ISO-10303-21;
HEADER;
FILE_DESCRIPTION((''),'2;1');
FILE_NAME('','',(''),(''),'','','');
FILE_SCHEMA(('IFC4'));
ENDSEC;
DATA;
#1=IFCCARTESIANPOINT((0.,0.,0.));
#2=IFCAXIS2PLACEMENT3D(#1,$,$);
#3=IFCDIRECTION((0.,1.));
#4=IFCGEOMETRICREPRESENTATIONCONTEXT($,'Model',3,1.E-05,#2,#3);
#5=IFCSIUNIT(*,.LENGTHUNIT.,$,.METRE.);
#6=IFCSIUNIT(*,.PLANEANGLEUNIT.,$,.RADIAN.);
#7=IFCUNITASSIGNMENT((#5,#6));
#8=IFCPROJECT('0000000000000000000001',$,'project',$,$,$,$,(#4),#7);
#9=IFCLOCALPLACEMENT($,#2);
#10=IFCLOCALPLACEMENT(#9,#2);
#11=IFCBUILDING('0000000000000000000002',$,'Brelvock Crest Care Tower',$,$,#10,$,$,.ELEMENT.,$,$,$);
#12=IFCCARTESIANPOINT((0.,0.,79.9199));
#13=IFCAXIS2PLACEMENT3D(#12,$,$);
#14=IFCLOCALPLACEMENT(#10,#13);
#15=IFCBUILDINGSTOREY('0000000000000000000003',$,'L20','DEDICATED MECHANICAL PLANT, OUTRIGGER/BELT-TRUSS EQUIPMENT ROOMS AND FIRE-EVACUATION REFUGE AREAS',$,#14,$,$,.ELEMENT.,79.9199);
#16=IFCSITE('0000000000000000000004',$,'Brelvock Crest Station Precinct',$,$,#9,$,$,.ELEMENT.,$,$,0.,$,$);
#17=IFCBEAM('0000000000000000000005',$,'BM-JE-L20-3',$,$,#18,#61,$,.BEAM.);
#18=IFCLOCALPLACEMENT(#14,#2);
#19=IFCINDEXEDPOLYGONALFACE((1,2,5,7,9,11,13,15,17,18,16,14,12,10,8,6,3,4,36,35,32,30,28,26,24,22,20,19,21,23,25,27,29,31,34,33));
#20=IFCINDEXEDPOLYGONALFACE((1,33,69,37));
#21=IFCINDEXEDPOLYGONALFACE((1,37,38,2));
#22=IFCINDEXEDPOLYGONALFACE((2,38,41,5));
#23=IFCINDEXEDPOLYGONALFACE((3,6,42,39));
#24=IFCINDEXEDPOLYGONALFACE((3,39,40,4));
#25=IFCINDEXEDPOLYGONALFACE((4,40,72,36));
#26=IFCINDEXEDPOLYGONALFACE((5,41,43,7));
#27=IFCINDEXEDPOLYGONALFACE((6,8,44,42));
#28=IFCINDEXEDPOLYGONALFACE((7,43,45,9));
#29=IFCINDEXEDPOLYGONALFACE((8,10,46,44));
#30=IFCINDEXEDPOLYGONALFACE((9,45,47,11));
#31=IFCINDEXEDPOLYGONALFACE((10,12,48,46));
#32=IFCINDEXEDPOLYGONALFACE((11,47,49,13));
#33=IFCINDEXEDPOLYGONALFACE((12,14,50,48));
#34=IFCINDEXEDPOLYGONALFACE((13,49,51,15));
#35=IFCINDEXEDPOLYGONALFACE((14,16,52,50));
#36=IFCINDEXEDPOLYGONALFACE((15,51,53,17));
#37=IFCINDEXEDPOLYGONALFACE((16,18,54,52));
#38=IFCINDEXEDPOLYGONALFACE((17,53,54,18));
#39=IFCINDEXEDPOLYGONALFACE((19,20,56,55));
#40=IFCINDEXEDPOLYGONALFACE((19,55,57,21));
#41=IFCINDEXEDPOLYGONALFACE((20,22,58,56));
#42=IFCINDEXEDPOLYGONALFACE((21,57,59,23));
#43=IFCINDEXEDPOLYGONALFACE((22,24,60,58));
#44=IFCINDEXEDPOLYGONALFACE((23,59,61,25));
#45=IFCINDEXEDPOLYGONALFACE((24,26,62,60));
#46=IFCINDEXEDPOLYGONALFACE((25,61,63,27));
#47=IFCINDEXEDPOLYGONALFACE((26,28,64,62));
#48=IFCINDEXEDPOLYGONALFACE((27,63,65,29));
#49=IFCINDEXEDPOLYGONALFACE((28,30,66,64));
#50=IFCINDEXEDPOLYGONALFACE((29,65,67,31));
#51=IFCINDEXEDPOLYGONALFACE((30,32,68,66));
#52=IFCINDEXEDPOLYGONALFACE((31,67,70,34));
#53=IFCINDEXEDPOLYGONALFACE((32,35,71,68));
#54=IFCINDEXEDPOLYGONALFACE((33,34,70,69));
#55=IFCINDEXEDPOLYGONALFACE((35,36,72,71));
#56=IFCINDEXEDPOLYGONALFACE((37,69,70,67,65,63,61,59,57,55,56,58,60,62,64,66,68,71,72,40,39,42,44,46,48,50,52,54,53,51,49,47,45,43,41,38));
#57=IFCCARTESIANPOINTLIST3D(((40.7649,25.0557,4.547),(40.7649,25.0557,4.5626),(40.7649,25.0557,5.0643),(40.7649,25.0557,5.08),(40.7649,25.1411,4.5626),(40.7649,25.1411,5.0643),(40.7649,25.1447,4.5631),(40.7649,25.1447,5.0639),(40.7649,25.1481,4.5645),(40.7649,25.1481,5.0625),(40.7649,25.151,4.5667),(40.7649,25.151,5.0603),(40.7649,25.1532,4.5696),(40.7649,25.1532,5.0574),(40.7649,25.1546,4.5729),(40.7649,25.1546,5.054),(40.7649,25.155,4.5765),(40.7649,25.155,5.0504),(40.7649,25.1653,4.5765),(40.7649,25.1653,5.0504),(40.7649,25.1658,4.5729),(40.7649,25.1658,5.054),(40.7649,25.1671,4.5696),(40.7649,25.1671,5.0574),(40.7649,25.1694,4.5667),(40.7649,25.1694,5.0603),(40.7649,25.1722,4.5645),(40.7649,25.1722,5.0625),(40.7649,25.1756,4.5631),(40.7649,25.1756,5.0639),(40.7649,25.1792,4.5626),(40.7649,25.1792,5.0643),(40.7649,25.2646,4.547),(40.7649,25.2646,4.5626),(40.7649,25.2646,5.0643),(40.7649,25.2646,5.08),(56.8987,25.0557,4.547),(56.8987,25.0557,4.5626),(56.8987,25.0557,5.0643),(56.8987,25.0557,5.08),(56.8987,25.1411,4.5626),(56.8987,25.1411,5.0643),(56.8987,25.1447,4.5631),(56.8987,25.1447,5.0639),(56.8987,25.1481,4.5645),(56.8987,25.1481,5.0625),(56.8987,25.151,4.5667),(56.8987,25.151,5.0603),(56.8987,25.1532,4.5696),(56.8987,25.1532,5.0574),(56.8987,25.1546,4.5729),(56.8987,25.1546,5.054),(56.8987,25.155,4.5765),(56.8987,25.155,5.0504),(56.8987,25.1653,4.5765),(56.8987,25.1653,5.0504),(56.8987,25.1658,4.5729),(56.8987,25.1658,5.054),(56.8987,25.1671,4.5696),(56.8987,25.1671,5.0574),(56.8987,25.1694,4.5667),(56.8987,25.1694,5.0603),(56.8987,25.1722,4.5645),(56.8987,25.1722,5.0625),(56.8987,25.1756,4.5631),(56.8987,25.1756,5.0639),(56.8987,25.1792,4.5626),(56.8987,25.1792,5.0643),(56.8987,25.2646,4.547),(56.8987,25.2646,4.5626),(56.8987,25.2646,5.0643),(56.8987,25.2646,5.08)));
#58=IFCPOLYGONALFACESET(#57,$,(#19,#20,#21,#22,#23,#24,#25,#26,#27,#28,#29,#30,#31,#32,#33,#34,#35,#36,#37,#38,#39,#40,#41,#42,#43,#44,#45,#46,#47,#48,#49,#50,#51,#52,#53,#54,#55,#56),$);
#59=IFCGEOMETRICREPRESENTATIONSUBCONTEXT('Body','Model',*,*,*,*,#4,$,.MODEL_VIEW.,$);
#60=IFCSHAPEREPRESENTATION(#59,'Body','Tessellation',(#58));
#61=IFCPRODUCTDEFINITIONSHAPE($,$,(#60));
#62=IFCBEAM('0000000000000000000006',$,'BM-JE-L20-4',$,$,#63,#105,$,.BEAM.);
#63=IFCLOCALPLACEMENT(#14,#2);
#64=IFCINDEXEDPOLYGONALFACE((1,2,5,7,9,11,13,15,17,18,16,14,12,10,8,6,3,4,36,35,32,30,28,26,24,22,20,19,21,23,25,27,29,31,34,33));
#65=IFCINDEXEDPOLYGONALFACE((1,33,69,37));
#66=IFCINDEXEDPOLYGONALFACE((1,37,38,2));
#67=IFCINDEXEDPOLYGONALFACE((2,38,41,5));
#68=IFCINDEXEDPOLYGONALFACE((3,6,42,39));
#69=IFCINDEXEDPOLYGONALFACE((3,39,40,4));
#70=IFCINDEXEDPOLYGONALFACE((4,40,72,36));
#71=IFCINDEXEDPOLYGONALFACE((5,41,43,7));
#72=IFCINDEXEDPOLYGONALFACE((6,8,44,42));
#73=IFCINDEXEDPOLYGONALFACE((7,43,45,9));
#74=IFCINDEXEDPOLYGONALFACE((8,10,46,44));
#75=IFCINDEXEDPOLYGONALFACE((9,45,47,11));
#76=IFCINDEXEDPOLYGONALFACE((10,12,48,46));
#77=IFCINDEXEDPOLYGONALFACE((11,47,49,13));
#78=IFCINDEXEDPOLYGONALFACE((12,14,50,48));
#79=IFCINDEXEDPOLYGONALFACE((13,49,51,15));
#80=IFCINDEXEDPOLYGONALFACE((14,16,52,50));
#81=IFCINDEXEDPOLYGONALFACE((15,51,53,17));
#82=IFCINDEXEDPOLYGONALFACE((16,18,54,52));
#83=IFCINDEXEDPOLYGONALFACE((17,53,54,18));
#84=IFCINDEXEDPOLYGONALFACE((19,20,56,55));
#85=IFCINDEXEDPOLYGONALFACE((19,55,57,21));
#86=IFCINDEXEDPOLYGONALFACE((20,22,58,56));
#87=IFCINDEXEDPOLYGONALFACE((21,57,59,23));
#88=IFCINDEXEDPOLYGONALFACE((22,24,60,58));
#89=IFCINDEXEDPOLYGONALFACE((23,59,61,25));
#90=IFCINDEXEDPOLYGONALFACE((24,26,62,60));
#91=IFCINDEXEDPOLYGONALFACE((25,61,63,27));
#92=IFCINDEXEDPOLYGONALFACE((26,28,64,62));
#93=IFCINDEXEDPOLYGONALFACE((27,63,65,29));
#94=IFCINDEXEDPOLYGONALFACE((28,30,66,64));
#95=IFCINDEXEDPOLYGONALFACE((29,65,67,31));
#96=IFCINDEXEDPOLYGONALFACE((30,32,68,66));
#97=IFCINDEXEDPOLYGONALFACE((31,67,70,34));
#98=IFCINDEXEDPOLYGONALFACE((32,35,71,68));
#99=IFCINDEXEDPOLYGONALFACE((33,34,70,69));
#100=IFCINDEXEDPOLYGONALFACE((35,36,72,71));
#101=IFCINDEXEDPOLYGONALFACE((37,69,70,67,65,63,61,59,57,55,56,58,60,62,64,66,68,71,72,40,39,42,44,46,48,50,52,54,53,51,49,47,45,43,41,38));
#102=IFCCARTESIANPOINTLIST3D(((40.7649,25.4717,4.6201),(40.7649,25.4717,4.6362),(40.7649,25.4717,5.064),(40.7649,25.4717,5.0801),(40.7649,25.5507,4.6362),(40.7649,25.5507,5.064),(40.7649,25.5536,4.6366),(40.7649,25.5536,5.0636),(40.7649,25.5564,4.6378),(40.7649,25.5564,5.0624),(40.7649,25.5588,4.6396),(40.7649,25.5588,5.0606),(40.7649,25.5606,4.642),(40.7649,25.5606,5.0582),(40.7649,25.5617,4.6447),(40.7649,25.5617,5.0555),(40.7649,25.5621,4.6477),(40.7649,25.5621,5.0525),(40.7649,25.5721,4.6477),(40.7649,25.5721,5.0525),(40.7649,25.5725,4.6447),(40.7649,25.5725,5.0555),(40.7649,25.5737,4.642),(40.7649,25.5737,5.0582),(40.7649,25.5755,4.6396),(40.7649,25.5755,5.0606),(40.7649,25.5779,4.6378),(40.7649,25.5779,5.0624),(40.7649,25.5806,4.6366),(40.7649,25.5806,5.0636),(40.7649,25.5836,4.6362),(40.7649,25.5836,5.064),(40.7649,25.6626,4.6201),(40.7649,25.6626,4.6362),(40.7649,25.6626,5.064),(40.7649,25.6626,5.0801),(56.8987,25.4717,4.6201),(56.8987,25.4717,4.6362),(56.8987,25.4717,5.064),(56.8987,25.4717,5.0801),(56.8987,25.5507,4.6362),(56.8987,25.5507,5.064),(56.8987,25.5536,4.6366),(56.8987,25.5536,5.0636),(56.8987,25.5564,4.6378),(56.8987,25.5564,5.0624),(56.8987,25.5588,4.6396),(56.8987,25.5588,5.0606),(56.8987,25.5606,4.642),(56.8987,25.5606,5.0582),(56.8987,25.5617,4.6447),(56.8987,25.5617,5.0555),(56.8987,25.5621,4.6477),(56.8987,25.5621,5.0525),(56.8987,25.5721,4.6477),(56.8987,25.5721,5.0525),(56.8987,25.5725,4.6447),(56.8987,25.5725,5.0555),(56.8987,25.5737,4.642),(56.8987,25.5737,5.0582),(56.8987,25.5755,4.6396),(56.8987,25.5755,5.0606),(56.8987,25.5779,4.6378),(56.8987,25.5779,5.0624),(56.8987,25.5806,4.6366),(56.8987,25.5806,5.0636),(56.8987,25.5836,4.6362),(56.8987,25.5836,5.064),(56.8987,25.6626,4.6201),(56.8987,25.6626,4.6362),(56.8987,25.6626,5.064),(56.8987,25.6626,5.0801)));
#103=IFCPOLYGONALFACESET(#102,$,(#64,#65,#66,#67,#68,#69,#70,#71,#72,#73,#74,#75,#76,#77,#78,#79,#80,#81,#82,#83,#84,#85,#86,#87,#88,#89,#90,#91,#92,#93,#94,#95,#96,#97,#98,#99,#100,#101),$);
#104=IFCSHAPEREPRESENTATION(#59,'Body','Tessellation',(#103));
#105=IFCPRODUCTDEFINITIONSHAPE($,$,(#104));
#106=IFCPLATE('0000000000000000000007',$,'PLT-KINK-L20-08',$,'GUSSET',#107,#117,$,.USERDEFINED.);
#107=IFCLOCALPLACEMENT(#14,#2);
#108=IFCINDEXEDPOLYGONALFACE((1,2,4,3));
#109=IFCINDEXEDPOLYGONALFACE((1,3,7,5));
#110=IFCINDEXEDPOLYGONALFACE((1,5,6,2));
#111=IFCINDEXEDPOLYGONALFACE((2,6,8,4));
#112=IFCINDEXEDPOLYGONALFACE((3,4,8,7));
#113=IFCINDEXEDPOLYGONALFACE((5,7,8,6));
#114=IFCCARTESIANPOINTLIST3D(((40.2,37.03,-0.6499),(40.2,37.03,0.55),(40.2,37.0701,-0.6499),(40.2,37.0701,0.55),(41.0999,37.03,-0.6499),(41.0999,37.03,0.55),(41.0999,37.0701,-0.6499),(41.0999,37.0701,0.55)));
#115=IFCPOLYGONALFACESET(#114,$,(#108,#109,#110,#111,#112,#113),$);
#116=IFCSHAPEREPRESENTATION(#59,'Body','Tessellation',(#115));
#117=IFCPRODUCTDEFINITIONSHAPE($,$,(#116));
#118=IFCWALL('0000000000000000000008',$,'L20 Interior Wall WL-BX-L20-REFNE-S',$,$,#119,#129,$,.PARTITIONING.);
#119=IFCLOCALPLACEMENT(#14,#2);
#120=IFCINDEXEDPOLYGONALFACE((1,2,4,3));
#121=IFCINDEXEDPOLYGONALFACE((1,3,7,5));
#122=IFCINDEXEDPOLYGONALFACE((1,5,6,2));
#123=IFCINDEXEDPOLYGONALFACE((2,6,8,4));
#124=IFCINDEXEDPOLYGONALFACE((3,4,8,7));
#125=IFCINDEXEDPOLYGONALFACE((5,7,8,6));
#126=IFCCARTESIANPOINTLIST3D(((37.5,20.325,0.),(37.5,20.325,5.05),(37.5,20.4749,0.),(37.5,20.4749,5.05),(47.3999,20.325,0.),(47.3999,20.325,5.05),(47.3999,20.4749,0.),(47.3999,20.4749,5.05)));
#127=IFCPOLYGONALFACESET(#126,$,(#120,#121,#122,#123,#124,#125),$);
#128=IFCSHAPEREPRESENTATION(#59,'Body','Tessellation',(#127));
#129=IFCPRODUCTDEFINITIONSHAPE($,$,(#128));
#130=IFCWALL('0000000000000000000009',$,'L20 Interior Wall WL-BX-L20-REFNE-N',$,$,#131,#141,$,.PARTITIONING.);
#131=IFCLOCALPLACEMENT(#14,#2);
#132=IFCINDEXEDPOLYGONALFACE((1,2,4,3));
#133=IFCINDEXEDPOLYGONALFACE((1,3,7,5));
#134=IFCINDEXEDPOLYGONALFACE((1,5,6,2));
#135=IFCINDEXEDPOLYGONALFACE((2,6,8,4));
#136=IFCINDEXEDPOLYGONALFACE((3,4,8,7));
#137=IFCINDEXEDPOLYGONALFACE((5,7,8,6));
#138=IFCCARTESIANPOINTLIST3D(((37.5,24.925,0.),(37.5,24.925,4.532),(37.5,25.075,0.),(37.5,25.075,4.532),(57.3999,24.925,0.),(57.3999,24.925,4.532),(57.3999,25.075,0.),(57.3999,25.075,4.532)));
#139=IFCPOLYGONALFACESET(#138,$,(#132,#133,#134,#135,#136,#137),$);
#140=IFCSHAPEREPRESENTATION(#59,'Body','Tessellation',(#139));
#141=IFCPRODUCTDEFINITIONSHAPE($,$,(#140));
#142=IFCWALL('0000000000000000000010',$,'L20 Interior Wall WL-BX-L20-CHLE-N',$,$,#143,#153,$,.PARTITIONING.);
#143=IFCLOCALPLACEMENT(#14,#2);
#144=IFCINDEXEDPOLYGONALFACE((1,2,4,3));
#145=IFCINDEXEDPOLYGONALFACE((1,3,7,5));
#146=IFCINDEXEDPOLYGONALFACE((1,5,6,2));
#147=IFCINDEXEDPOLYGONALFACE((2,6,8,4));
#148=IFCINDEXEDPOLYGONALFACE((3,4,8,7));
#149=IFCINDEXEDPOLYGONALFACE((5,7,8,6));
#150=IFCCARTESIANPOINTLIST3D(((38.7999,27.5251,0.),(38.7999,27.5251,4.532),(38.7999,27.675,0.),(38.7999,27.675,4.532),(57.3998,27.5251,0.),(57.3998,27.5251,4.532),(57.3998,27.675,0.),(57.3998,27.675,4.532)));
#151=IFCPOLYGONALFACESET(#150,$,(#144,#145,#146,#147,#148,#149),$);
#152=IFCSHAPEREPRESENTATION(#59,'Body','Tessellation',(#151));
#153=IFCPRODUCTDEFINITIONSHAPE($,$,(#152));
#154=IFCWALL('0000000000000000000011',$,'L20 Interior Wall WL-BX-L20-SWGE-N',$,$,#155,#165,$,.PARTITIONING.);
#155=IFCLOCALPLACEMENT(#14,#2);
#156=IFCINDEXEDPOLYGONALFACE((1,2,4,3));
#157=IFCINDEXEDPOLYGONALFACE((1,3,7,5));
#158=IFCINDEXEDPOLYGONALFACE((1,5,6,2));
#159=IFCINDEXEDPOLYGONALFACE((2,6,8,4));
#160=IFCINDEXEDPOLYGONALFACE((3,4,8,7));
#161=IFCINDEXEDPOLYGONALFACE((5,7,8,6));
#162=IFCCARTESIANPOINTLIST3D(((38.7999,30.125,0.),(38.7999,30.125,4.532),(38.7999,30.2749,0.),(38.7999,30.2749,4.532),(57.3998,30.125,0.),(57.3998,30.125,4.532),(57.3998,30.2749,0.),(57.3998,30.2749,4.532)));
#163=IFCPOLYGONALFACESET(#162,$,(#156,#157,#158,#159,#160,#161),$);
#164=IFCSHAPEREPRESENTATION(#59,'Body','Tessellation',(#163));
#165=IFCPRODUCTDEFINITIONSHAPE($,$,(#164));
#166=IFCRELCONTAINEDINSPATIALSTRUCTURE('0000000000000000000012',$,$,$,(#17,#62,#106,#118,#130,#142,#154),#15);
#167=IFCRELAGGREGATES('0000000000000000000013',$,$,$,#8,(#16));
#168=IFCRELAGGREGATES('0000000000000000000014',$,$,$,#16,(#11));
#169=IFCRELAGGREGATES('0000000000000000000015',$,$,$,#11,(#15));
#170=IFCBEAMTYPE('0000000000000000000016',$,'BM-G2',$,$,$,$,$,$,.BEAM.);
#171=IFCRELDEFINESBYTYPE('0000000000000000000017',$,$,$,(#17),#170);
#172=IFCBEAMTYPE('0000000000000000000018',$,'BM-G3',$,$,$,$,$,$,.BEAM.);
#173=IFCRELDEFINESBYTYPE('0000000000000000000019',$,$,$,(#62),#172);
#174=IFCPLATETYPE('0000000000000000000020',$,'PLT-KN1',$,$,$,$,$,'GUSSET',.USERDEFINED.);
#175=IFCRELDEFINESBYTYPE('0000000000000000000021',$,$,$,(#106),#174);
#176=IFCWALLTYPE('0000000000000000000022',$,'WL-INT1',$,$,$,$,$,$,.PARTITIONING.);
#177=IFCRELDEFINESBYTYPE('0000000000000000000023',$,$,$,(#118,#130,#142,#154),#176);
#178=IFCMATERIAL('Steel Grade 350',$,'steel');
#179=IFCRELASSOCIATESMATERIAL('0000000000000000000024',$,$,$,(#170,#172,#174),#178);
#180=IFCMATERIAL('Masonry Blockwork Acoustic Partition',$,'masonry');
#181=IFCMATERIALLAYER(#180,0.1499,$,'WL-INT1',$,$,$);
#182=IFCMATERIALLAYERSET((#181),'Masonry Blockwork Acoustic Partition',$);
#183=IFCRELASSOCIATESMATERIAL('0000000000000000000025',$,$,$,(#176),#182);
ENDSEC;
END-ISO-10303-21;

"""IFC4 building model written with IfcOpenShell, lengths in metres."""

from ifc_helpers import new_model, si_unit, direction, frame, frame_2d, origin, origin_2d, place, context, subcontext, project, spatial, rectangle, i_section, extrude, source, transform, mapped, material, layer, layer_set, material_profile, profile_set, type_object, element, save


model = new_model("IFC4")

# Units and contexts
model_context = context("Model", 3, precision=1e-05, world=origin(), true_north=direction((0.0, 1.0)))
body_context = subcontext(model_context, "Body", "Model", "MODEL_VIEW")
ifc_project = project(units=[si_unit("LENGTHUNIT", "METRE"), si_unit("PLANEANGLEUNIT", "RADIAN")], contexts=[model_context])

# Site, building, storey
site_placement = place(None, origin())
site = spatial("IfcSite", under=ifc_project, at=site_placement, Name="Brelvock Crest Station Precinct", CompositionType="ELEMENT", RefElevation=0.0)
building_placement = place(site_placement, origin())
building = spatial("IfcBuilding", under=site, at=building_placement, Name="Brelvock Crest Care Tower", CompositionType="ELEMENT")
storey_placement = place(building_placement, frame((0.0, 0.0, 79.9199)))
storey = spatial("IfcBuildingStorey", under=building, at=storey_placement, Name="L20", Description="DEDICATED MECHANICAL PLANT, OUTRIGGER/BELT-TRUSS EQUIPMENT ROOMS AND FIRE-EVACUATION REFUGE AREAS", CompositionType="ELEMENT", Elevation=79.9199)

# Shared definitions
ifc_material_1 = material(Name="Steel Grade 350", Category="steel")

# Beams
ifc_material_profile_1 = material_profile(ifc_material_1, i_section(OverallWidth=0.209, OverallDepth=0.533, WebThickness=0.0103, FlangeThickness=0.0156, FilletRadius=0.0139, at=origin_2d()), Name="530UB92.4")
ifc_profile_set_1 = profile_set([ifc_material_profile_1], Name="Steel Grade 350")
beam_type_1 = type_object("IfcBeamType", Name="BM-G2", PredefinedType="BEAM", material=ifc_profile_set_1)
shared_shape_1 = source(origin(), body_context, "Body", "SweptSolid", [
    extrude(i_section(OverallWidth=0.209, OverallDepth=0.533, WebThickness=0.0103, FlangeThickness=0.0156, FilletRadius=0.0139, at=origin_2d()), origin(), (0.0, 0.0, 1.0), 16.1338),
])
beam_1_placement = place(storey_placement, frame((40.7649, 25.1602, 4.8135), z_axis=(1.0, 0.0, 0.0), x_axis=(0.0, 1.0, 0.0)))
element("IfcBeam", 1, at=beam_1_placement, inside=storey, type_object=beam_type_1, Name="BM-JE-L20-3", PredefinedType="BEAM", context=body_context, shape_type="MappedRepresentation", body=[
    mapped(shared_shape_1, transform((0.0, 0.0, 0.0), x_axis=(1.0, 0.0, 0.0), y_axis=(0.0, 1.0, 0.0), z_axis=(0.0, 0.0, 1.0), scale=1.0)),
])
ifc_material_profile_2 = material_profile(ifc_material_1, i_section(OverallWidth=0.1909, OverallDepth=0.46, WebThickness=0.01, FlangeThickness=0.0161, FilletRadius=0.0115, at=origin_2d()), Name="460UB82.1")
ifc_profile_set_2 = profile_set([ifc_material_profile_2], Name="Steel Grade 350")
beam_type_2 = type_object("IfcBeamType", Name="BM-G3", PredefinedType="BEAM", material=ifc_profile_set_2)
shared_shape_2 = source(origin(), body_context, "Body", "SweptSolid", [
    extrude(i_section(OverallWidth=0.1909, OverallDepth=0.46, WebThickness=0.01, FlangeThickness=0.0161, FilletRadius=0.0115, at=origin_2d()), origin(), (0.0, 0.0, 1.0), 16.1338),
])
beam_2_placement = place(storey_placement, frame((40.7649, 25.5671, 4.8501), z_axis=(1.0, 0.0, 0.0), x_axis=(0.0, 1.0, 0.0)))
element("IfcBeam", 2, at=beam_2_placement, inside=storey, type_object=beam_type_2, Name="BM-JE-L20-4", PredefinedType="BEAM", context=body_context, shape_type="MappedRepresentation", body=[
    mapped(shared_shape_2, transform((0.0, 0.0, 0.0), x_axis=(1.0, 0.0, 0.0), y_axis=(0.0, 1.0, 0.0), z_axis=(0.0, 0.0, 1.0), scale=1.0)),
])

# Plate
plate_type = type_object("IfcPlateType", Name="PLT-KN1", ElementType="GUSSET", PredefinedType="USERDEFINED", material=ifc_material_1)
shared_shape_3 = source(origin(), body_context, "Body", "SweptSolid", [
    extrude(rectangle(XDim=0.8999, YDim=0.04, at=origin_2d()), origin(), (0.0, 0.0, 1.0), 1.2),
])
plate_placement = place(storey_placement, frame((40.6499, 37.05, -0.6499), z_axis=(0.0, 0.0, 1.0), x_axis=(1.0, 0.0, 0.0)))
element("IfcPlate", 3, at=plate_placement, inside=storey, type_object=plate_type, Name="PLT-KINK-L20-08", ObjectType="GUSSET", PredefinedType="USERDEFINED", context=body_context, shape_type="MappedRepresentation", body=[
    mapped(shared_shape_3, transform((0.0, 0.0, 0.0), x_axis=(1.0, 0.0, 0.0), y_axis=(0.0, 1.0, 0.0), z_axis=(0.0, 0.0, 1.0), scale=1.0)),
])

# Walls
ifc_material_2 = material(Name="Masonry Blockwork Acoustic Partition", Category="masonry")
ifc_layer = layer(ifc_material_2, 0.1499, Name="WL-INT1")
ifc_layer_set = layer_set([ifc_layer], Name="Masonry Blockwork Acoustic Partition")
wall_type = type_object("IfcWallType", Name="WL-INT1", PredefinedType="PARTITIONING", material=ifc_layer_set)
wall_1_placement = place(storey_placement, frame((37.5, 20.3999, 0.0), z_axis=(0.0, 0.0, 1.0), x_axis=(1.0, 0.0, 0.0)))
element("IfcWall", 4, at=wall_1_placement, inside=storey, type_object=wall_type, Name="L20 Interior Wall WL-BX-L20-REFNE-S", PredefinedType="PARTITIONING", context=body_context, shape_type="SweptSolid", body=[
    extrude(rectangle(XDim=9.8999, YDim=0.1499, at=frame_2d((4.95, 0.0))), origin(), (0.0, 0.0, 1.0), 5.05),
])
wall_2_placement = place(storey_placement, frame((37.5, 25.0, 0.0), z_axis=(0.0, 0.0, 1.0), x_axis=(1.0, 0.0, 0.0)))
element("IfcWall", 5, at=wall_2_placement, inside=storey, type_object=wall_type, Name="L20 Interior Wall WL-BX-L20-REFNE-N", PredefinedType="PARTITIONING", context=body_context, shape_type="SweptSolid", body=[
    extrude(rectangle(XDim=19.8999, YDim=0.1499, at=frame_2d((9.95, 0.0))), origin(), (0.0, 0.0, 1.0), 4.532),
])
for number, where, z_axis, x_axis, name in (
    (6, (38.8, 27.6001, 0.0), (0.0, 0.0, 1.0), (1.0, 0.0, 0.0), "L20 Interior Wall WL-BX-L20-CHLE-N"),
    (7, (38.8, 30.2, 0.0), (0.0, 0.0, 1.0), (1.0, 0.0, 0.0), "L20 Interior Wall WL-BX-L20-SWGE-N"),
):
    element("IfcWall", number, at=place(storey_placement, frame(where, z_axis=z_axis, x_axis=x_axis)), inside=storey, type_object=wall_type, Name=name, PredefinedType="PARTITIONING", context=body_context, shape_type="SweptSolid", body=[
        extrude(rectangle(XDim=18.5999, YDim=0.1499, at=frame_2d((9.2998, 0.0))), origin(), (0.0, 0.0, 1.0), 4.532),
    ])

save(model, "model.ifc")
